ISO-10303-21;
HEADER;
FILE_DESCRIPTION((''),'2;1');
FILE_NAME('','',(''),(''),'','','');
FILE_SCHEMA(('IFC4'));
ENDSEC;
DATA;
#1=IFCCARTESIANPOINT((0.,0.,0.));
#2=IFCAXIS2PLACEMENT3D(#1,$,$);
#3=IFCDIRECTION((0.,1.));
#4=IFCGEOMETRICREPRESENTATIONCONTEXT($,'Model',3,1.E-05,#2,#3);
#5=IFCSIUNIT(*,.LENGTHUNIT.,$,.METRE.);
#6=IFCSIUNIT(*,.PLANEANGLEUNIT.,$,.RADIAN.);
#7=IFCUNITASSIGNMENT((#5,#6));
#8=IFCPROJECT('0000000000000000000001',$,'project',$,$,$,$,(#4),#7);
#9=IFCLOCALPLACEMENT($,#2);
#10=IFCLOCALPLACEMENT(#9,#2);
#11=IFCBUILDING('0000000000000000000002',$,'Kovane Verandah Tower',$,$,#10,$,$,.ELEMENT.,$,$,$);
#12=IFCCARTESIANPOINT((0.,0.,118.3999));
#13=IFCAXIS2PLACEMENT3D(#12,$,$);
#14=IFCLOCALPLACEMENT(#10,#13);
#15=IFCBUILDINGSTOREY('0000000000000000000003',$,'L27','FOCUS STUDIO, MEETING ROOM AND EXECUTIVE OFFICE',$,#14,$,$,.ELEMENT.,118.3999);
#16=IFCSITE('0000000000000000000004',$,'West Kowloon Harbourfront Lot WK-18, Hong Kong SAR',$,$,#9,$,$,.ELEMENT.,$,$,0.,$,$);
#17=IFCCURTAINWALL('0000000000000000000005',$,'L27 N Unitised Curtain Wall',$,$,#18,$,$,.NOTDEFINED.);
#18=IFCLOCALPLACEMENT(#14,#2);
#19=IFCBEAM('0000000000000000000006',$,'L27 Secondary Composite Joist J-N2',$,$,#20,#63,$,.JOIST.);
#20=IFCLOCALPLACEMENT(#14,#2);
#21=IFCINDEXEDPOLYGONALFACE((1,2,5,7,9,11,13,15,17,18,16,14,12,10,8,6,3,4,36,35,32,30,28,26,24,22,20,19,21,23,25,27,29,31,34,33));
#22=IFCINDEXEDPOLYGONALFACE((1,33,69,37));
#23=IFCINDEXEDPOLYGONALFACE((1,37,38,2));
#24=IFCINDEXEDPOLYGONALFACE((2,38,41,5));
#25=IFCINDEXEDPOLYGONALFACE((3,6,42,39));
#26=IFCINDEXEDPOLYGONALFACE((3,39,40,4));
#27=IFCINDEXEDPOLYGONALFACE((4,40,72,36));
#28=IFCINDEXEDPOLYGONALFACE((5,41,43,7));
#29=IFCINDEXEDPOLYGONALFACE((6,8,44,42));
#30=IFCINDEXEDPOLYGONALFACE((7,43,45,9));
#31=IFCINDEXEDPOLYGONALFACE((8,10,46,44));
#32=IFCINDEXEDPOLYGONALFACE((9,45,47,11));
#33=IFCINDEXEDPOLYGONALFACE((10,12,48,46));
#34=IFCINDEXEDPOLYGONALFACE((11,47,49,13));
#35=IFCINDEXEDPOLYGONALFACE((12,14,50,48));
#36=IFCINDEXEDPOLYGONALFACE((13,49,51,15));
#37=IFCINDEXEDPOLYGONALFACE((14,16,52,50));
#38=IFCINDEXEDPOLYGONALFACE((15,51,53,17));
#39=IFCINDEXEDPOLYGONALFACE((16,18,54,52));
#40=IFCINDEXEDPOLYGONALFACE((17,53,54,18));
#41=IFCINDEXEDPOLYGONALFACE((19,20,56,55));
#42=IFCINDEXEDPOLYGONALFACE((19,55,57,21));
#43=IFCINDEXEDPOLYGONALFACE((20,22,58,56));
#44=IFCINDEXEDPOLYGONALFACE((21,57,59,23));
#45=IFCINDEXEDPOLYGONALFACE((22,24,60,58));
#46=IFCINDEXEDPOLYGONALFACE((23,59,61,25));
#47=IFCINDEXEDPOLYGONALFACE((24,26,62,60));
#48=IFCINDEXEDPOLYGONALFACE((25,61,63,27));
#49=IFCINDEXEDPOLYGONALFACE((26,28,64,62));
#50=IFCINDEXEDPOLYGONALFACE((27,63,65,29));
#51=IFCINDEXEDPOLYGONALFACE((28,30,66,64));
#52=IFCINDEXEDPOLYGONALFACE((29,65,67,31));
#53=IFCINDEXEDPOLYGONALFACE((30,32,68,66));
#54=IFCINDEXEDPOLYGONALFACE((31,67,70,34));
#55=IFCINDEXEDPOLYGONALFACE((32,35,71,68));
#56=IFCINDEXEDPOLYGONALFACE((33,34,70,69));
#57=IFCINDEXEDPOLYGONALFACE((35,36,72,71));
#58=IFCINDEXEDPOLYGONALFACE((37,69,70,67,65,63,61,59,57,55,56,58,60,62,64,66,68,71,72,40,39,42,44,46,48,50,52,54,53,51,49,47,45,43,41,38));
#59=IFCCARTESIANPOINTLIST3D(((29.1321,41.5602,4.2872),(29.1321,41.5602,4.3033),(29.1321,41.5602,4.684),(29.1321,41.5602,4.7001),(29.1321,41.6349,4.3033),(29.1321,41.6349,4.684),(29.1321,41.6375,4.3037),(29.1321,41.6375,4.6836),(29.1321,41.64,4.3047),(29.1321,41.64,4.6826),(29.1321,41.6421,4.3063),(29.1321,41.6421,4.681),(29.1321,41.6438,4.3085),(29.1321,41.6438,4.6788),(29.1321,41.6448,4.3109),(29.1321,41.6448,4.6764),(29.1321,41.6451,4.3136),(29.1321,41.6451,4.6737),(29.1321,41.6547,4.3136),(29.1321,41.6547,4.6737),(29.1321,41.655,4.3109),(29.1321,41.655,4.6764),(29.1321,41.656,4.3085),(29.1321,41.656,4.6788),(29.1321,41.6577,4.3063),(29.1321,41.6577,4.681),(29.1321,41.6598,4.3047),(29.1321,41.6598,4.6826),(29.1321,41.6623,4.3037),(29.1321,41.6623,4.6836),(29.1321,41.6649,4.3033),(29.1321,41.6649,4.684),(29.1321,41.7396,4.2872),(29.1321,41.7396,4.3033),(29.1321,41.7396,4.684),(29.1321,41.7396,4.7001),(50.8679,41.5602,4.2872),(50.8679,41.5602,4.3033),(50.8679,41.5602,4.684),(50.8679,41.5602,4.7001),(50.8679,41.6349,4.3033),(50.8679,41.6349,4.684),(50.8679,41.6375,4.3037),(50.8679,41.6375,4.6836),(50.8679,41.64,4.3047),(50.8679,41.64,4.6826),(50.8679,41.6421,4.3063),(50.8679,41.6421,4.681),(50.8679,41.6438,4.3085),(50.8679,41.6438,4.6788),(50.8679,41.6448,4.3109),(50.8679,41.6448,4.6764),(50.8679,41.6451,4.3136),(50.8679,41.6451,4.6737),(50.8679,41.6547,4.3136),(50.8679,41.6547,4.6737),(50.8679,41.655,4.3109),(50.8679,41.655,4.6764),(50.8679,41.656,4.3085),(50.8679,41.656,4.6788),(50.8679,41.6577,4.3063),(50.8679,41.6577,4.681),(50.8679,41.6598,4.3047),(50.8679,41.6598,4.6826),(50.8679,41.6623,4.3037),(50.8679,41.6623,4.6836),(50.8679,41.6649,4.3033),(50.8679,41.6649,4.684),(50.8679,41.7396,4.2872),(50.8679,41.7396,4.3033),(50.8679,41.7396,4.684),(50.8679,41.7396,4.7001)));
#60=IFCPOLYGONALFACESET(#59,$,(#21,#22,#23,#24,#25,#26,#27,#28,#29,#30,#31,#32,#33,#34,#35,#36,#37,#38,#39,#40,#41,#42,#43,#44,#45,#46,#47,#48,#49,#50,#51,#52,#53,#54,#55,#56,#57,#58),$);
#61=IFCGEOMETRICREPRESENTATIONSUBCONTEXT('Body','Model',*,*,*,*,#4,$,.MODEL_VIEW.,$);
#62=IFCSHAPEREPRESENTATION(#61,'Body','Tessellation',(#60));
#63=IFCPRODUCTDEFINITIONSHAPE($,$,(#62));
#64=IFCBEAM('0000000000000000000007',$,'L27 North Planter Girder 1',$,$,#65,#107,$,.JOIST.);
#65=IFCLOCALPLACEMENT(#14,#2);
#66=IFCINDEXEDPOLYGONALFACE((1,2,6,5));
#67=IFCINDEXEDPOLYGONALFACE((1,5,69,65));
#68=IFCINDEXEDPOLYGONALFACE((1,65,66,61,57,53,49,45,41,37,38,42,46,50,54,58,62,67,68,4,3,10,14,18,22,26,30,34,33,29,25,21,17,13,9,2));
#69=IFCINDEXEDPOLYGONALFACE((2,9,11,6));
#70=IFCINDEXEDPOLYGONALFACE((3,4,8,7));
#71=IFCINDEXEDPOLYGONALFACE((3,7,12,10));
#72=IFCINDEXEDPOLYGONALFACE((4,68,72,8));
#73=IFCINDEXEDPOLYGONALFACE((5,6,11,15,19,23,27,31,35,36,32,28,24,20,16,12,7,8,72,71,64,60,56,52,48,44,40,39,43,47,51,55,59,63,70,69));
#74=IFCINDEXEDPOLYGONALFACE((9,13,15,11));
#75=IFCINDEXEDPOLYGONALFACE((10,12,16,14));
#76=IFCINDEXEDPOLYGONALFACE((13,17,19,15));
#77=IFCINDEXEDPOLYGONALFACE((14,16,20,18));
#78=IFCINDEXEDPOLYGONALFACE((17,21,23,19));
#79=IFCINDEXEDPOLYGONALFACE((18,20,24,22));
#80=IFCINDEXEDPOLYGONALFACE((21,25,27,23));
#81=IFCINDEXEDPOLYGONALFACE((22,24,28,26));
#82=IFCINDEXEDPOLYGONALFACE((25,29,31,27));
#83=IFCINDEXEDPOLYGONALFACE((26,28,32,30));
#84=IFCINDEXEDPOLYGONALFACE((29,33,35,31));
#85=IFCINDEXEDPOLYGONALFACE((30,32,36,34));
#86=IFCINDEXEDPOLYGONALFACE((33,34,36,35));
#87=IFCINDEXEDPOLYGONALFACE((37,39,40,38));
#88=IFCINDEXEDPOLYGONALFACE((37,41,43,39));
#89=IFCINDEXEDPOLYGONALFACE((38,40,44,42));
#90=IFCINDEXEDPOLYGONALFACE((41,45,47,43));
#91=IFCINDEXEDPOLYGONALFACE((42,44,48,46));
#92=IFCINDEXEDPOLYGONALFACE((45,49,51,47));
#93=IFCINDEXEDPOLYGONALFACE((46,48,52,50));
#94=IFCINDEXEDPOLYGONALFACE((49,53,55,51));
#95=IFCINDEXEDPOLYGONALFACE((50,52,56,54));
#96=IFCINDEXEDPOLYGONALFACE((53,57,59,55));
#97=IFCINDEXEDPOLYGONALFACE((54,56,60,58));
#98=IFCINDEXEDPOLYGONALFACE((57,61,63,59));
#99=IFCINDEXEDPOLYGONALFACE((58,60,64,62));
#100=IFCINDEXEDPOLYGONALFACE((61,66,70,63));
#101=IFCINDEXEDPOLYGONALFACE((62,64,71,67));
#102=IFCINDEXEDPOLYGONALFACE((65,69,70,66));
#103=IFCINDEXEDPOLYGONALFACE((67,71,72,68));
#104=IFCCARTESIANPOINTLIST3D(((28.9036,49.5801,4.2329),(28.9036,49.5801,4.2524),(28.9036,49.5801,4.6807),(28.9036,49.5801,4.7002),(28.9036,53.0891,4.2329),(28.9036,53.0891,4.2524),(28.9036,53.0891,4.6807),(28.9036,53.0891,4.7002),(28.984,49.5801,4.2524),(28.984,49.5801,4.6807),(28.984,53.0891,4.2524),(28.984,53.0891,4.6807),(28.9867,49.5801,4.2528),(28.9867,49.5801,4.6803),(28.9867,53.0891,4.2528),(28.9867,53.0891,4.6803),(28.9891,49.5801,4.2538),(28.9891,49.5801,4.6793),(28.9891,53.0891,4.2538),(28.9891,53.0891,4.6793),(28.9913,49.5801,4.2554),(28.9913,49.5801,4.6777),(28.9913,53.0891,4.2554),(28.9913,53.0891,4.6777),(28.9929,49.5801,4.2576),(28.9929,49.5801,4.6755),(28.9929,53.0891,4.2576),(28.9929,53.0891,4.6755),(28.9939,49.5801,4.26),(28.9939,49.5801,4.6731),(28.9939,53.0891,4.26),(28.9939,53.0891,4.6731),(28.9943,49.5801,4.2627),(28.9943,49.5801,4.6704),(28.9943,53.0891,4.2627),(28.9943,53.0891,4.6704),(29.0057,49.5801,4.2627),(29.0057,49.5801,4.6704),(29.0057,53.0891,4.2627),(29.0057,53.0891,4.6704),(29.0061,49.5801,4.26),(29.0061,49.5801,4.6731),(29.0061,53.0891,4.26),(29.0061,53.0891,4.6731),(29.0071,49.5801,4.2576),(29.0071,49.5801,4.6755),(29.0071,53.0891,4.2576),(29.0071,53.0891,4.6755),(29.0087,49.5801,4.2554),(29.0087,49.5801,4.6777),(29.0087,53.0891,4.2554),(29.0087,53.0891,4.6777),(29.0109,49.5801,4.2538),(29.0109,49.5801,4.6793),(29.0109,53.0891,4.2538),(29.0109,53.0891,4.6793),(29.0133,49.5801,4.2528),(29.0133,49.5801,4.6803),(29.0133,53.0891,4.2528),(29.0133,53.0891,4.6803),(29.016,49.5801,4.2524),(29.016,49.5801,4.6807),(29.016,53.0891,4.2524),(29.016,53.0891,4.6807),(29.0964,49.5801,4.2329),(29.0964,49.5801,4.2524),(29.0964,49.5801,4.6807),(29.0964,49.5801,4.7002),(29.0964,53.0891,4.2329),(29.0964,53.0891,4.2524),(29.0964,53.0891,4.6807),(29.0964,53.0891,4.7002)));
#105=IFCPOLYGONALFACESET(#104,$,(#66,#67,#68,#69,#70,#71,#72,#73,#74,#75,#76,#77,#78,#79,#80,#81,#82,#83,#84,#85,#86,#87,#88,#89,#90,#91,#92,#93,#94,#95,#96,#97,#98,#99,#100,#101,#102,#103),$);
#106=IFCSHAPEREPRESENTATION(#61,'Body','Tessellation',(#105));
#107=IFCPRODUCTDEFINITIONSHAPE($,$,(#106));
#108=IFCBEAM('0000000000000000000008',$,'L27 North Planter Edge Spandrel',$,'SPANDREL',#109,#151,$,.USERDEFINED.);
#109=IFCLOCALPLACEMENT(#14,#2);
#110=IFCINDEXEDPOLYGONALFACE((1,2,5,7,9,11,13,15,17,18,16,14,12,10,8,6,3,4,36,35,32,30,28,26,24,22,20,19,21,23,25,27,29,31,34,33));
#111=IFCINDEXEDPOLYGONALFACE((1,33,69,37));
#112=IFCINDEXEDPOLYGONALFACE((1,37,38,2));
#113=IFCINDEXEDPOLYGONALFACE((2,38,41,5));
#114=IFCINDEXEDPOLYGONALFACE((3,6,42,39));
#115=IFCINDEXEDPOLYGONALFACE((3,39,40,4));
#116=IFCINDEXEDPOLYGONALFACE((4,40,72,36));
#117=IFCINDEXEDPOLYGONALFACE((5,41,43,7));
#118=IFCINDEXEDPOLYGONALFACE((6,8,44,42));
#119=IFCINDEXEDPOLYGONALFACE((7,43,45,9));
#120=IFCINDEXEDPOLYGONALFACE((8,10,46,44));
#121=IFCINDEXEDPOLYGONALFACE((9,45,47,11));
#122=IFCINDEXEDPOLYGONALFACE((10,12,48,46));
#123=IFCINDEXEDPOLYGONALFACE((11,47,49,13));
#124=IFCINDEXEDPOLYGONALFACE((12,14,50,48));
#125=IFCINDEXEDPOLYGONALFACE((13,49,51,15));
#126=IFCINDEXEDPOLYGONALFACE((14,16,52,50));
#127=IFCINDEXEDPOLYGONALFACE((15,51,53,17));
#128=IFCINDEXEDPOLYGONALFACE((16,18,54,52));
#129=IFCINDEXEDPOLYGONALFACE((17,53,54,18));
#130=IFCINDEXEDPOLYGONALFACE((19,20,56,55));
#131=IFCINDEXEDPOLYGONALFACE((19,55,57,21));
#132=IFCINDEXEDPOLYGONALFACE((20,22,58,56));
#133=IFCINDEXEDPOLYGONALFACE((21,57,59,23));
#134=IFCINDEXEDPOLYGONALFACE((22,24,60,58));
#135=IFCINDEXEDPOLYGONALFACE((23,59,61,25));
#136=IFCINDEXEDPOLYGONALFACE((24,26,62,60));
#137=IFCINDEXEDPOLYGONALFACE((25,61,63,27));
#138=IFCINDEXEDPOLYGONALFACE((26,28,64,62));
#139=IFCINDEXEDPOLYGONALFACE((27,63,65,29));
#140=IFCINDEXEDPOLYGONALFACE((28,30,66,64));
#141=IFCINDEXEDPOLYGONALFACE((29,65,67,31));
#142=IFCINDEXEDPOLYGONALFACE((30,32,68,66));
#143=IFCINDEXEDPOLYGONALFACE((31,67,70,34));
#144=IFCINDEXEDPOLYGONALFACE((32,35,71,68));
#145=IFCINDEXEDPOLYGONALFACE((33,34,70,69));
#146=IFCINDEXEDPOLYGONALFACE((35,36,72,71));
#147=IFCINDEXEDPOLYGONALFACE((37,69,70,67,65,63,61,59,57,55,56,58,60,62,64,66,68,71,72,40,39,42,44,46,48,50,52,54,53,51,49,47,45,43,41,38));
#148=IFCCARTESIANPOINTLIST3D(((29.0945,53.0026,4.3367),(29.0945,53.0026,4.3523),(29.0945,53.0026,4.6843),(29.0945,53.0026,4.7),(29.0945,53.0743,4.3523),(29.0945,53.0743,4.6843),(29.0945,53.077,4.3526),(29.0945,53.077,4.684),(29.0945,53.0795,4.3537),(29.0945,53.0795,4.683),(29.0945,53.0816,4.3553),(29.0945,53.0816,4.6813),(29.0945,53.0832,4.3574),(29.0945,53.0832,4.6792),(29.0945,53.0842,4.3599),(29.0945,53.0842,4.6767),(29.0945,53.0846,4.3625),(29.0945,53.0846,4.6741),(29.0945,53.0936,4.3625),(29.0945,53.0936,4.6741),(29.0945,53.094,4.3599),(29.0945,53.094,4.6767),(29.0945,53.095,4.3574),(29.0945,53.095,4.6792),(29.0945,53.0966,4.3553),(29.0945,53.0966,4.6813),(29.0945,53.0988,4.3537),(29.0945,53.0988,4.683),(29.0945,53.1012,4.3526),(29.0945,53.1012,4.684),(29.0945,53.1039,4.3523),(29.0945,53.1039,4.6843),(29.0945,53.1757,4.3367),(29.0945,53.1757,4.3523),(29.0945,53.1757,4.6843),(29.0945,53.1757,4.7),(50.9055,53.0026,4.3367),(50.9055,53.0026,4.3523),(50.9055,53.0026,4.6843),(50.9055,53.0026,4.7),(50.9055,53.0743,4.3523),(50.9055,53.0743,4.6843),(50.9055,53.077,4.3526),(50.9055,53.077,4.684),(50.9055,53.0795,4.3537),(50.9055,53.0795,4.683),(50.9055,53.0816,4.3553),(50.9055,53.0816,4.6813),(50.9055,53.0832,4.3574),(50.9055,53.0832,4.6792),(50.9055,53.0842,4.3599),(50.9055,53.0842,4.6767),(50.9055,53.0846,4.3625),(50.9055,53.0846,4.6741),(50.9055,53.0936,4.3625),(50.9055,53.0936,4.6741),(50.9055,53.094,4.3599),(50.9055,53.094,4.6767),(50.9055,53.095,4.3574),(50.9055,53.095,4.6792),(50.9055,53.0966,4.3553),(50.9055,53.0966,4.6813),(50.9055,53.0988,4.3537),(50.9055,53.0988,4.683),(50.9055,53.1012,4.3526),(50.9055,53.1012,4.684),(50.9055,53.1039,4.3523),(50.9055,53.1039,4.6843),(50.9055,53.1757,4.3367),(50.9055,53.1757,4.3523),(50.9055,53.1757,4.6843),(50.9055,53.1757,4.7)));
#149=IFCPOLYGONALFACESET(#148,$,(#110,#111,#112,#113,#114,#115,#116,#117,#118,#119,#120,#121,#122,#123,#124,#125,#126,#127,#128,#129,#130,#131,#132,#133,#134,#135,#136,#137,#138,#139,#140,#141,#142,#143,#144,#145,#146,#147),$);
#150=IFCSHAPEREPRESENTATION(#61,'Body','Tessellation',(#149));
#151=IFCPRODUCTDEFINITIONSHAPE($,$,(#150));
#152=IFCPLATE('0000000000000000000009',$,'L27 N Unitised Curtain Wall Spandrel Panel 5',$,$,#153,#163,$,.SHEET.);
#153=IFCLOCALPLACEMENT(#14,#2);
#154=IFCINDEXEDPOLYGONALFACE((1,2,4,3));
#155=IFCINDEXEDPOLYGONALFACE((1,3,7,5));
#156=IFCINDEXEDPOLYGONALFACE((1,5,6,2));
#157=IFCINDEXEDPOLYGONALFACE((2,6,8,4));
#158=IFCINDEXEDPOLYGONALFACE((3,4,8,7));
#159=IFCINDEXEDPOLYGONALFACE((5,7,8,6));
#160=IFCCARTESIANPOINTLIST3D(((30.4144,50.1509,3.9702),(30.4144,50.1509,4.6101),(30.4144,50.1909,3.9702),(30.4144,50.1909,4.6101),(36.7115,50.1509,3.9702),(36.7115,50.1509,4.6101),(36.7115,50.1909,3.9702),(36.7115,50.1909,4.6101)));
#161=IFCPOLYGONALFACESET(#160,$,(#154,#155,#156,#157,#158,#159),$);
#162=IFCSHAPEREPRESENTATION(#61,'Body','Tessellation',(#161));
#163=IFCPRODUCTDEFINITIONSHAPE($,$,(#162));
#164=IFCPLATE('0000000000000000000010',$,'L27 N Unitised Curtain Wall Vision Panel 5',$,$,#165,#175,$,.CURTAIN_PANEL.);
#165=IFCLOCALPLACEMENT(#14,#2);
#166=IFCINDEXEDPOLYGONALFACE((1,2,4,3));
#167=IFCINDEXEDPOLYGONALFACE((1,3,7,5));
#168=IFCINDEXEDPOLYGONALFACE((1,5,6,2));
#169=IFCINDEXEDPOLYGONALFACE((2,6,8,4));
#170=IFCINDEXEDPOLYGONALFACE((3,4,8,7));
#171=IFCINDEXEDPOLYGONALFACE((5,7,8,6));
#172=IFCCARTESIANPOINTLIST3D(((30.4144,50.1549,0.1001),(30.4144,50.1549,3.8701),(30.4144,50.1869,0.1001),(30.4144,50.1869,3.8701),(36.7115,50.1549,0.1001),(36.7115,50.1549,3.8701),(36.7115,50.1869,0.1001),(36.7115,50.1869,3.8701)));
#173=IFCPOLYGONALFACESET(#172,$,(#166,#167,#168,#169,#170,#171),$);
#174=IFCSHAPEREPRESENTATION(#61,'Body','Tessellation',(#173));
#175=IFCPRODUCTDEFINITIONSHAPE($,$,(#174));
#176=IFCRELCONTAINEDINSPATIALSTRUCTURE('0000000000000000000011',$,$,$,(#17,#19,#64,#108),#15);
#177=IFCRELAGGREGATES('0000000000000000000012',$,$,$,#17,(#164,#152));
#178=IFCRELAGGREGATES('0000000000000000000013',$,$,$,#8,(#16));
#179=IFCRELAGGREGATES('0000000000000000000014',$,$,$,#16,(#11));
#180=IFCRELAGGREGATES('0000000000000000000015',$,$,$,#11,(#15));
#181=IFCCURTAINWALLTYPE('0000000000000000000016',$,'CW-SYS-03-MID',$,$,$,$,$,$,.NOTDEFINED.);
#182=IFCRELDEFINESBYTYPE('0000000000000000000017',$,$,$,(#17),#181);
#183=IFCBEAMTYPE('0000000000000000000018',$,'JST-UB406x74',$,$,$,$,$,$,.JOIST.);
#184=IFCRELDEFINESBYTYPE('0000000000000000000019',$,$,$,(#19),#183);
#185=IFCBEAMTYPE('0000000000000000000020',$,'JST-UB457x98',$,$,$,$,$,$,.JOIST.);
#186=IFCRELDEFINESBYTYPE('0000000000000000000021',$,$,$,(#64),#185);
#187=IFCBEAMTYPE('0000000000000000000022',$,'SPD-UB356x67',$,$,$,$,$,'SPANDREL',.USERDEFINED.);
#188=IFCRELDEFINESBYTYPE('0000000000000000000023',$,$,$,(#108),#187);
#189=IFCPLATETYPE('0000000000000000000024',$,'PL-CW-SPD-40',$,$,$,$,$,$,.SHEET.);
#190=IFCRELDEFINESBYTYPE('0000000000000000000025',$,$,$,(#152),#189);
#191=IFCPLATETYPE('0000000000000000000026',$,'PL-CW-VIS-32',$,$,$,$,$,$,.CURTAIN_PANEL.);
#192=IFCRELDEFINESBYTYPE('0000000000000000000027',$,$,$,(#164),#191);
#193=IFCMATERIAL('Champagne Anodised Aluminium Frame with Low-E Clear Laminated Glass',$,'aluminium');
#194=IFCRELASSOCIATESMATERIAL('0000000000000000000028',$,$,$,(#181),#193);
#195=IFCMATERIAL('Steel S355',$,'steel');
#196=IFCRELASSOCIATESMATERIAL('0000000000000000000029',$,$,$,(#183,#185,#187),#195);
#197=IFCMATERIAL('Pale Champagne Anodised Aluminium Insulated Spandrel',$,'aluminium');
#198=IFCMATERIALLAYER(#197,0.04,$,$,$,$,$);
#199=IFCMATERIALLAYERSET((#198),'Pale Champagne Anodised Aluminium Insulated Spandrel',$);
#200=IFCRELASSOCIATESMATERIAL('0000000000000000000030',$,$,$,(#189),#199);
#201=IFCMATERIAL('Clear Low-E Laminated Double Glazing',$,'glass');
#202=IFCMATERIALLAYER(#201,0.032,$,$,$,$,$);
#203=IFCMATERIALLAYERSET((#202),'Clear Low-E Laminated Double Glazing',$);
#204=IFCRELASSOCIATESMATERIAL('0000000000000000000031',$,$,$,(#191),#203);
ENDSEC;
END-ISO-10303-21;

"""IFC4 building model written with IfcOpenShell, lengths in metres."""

from ifc_helpers import new_model, si_unit, direction, frame, origin, origin_2d, place, context, subcontext, project, spatial, rectangle, i_section, extrude, material, layer, layer_set, material_profile, profile_set, type_object, element, aggregate, save


model = new_model("IFC4")

# Units and contexts
model_context = context("Model", 3, precision=1e-05, world=origin(), true_north=direction((0.0, 1.0)))
body_context = subcontext(model_context, "Body", "Model", "MODEL_VIEW")
ifc_project = project(units=[si_unit("LENGTHUNIT", "METRE"), si_unit("PLANEANGLEUNIT", "RADIAN")], contexts=[model_context])

# Site, building, storey
site_placement = place(None, origin())
site = spatial("IfcSite", under=ifc_project, at=site_placement, Name="West Kowloon Harbourfront Lot WK-18, Hong Kong SAR", CompositionType="ELEMENT", RefElevation=0.0)
building_placement = place(site_placement, origin())
building = spatial("IfcBuilding", under=site, at=building_placement, Name="Kovane Verandah Tower", CompositionType="ELEMENT")
storey_placement = place(building_placement, frame((0.0, 0.0, 118.3999)))
storey = spatial("IfcBuildingStorey", under=building, at=storey_placement, Name="L27", Description="FOCUS STUDIO, MEETING ROOM AND EXECUTIVE OFFICE", CompositionType="ELEMENT", Elevation=118.3999)

# Shared definitions
ifc_material_1 = material(Name="Steel S355", Category="steel")

# Curtain wall
ifc_material_2 = material(Name="Champagne Anodised Aluminium Frame with Low-E Clear Laminated Glass", Category="aluminium")
curtain_wall_type = type_object("IfcCurtainWallType", Name="CW-SYS-03-MID", PredefinedType="NOTDEFINED", material=ifc_material_2)
curtain_wall_placement = place(storey_placement, origin())
curtain_wall = element("IfcCurtainWall", 1, at=curtain_wall_placement, inside=storey, type_object=curtain_wall_type, Name="L27 N Unitised Curtain Wall", PredefinedType="NOTDEFINED")

# Beams
ifc_material_profile_1 = material_profile(ifc_material_1, i_section(OverallWidth=0.1794, OverallDepth=0.4128, WebThickness=0.0095, FlangeThickness=0.0161, FilletRadius=0.0103, at=origin_2d()), Name="UB406x178x74")
ifc_profile_set_1 = profile_set([ifc_material_profile_1], Name="Steel S355")
beam_type_1 = type_object("IfcBeamType", Name="JST-UB406x74", PredefinedType="JOIST", material=ifc_profile_set_1)
for number, where, z_axis, x_axis, name in (
    (2, (29.1321, 41.6499, 4.4937), (1.0, 0.0, 0.0), (0.0, 1.0, 0.0), "L27 Secondary Composite Joist J-N2"),
):
    element("IfcBeam", number, at=place(storey_placement, frame(where, z_axis=z_axis, x_axis=x_axis)), inside=storey, type_object=beam_type_1, Name=name, PredefinedType="JOIST", context=body_context, shape_type="SweptSolid", body=[
        extrude(i_section(OverallWidth=0.1794, OverallDepth=0.4128, WebThickness=0.0095, FlangeThickness=0.0161, FilletRadius=0.0103, at=origin_2d()), origin(), (0.0, 0.0, 1.0), 21.7358),
    ])
ifc_material_profile_2 = material_profile(ifc_material_1, i_section(OverallWidth=0.1929, OverallDepth=0.4673, WebThickness=0.0115, FlangeThickness=0.0195, FilletRadius=0.0103, at=origin_2d()), Name="UB457x191x98")
ifc_profile_set_2 = profile_set([ifc_material_profile_2], Name="Steel S355")
beam_type_2 = type_object("IfcBeamType", Name="JST-UB457x98", PredefinedType="JOIST", material=ifc_profile_set_2)
beam_1_placement = place(storey_placement, frame((29.0, 49.5801, 4.4666), z_axis=(0.0, 1.0, 0.0), x_axis=(-1.0, 0.0, 0.0)))
element("IfcBeam", 3, at=beam_1_placement, inside=storey, type_object=beam_type_2, Name="L27 North Planter Girder 1", PredefinedType="JOIST", context=body_context, shape_type="SweptSolid", body=[
    extrude(i_section(OverallWidth=0.1929, OverallDepth=0.4673, WebThickness=0.0115, FlangeThickness=0.0195, FilletRadius=0.0103, at=origin_2d()), origin(), (0.0, 0.0, 1.0), 3.509),
])
ifc_material_profile_3 = material_profile(ifc_material_1, i_section(OverallWidth=0.1731, OverallDepth=0.3633, WebThickness=0.009, FlangeThickness=0.0156, FilletRadius=0.0103, at=origin_2d()), Name="UB356x171x67")
ifc_profile_set_3 = profile_set([ifc_material_profile_3], Name="Steel S355")
beam_type_3 = type_object("IfcBeamType", Name="SPD-UB356x67", ElementType="SPANDREL", PredefinedType="USERDEFINED", material=ifc_profile_set_3)
beam_2_placement = place(storey_placement, frame((29.0945, 53.0891, 4.5183), z_axis=(1.0, 0.0, 0.0), x_axis=(0.0, 1.0, 0.0)))
element("IfcBeam", 4, at=beam_2_placement, inside=storey, type_object=beam_type_3, Name="L27 North Planter Edge Spandrel", ObjectType="SPANDREL", PredefinedType="USERDEFINED", context=body_context, shape_type="SweptSolid", body=[
    extrude(i_section(OverallWidth=0.1731, OverallDepth=0.3633, WebThickness=0.009, FlangeThickness=0.0156, FilletRadius=0.0103, at=origin_2d()), origin(), (0.0, 0.0, 1.0), 21.811),
])

# Plates
ifc_material_3 = material(Name="Pale Champagne Anodised Aluminium Insulated Spandrel", Category="aluminium")
ifc_layer_1 = layer(ifc_material_3, 0.04)
ifc_layer_set_1 = layer_set([ifc_layer_1], Name="Pale Champagne Anodised Aluminium Insulated Spandrel")
plate_type_1 = type_object("IfcPlateType", Name="PL-CW-SPD-40", PredefinedType="SHEET", material=ifc_layer_set_1)
plate_1_placement = place(storey_placement, frame((33.563, 50.1709, 3.9702), z_axis=(0.0, 0.0, 1.0), x_axis=(-1.0, 0.0, 0.0)))
plate_1 = element("IfcPlate", 5, at=plate_1_placement, type_object=plate_type_1, Name="L27 N Unitised Curtain Wall Spandrel Panel 5", PredefinedType="SHEET", context=body_context, shape_type="SweptSolid", body=[
    extrude(rectangle(XDim=6.2971, YDim=0.04, at=origin_2d()), origin(), (0.0, 0.0, 1.0), 0.6399),
])
ifc_material_4 = material(Name="Clear Low-E Laminated Double Glazing", Category="glass")
ifc_layer_2 = layer(ifc_material_4, 0.032)
ifc_layer_set_2 = layer_set([ifc_layer_2], Name="Clear Low-E Laminated Double Glazing")
plate_type_2 = type_object("IfcPlateType", Name="PL-CW-VIS-32", PredefinedType="CURTAIN_PANEL", material=ifc_layer_set_2)
plate_2_placement = place(storey_placement, frame((33.563, 50.1709, 0.1001), z_axis=(0.0, 0.0, 1.0), x_axis=(-1.0, 0.0, 0.0)))
plate_2 = element("IfcPlate", 6, at=plate_2_placement, type_object=plate_type_2, Name="L27 N Unitised Curtain Wall Vision Panel 5", PredefinedType="CURTAIN_PANEL", context=body_context, shape_type="SweptSolid", body=[
    extrude(rectangle(XDim=6.2971, YDim=0.032, at=origin_2d()), origin(), (0.0, 0.0, 1.0), 3.77),
])
aggregate(curtain_wall, [plate_2, plate_1])

save(model, "model.ifc")
